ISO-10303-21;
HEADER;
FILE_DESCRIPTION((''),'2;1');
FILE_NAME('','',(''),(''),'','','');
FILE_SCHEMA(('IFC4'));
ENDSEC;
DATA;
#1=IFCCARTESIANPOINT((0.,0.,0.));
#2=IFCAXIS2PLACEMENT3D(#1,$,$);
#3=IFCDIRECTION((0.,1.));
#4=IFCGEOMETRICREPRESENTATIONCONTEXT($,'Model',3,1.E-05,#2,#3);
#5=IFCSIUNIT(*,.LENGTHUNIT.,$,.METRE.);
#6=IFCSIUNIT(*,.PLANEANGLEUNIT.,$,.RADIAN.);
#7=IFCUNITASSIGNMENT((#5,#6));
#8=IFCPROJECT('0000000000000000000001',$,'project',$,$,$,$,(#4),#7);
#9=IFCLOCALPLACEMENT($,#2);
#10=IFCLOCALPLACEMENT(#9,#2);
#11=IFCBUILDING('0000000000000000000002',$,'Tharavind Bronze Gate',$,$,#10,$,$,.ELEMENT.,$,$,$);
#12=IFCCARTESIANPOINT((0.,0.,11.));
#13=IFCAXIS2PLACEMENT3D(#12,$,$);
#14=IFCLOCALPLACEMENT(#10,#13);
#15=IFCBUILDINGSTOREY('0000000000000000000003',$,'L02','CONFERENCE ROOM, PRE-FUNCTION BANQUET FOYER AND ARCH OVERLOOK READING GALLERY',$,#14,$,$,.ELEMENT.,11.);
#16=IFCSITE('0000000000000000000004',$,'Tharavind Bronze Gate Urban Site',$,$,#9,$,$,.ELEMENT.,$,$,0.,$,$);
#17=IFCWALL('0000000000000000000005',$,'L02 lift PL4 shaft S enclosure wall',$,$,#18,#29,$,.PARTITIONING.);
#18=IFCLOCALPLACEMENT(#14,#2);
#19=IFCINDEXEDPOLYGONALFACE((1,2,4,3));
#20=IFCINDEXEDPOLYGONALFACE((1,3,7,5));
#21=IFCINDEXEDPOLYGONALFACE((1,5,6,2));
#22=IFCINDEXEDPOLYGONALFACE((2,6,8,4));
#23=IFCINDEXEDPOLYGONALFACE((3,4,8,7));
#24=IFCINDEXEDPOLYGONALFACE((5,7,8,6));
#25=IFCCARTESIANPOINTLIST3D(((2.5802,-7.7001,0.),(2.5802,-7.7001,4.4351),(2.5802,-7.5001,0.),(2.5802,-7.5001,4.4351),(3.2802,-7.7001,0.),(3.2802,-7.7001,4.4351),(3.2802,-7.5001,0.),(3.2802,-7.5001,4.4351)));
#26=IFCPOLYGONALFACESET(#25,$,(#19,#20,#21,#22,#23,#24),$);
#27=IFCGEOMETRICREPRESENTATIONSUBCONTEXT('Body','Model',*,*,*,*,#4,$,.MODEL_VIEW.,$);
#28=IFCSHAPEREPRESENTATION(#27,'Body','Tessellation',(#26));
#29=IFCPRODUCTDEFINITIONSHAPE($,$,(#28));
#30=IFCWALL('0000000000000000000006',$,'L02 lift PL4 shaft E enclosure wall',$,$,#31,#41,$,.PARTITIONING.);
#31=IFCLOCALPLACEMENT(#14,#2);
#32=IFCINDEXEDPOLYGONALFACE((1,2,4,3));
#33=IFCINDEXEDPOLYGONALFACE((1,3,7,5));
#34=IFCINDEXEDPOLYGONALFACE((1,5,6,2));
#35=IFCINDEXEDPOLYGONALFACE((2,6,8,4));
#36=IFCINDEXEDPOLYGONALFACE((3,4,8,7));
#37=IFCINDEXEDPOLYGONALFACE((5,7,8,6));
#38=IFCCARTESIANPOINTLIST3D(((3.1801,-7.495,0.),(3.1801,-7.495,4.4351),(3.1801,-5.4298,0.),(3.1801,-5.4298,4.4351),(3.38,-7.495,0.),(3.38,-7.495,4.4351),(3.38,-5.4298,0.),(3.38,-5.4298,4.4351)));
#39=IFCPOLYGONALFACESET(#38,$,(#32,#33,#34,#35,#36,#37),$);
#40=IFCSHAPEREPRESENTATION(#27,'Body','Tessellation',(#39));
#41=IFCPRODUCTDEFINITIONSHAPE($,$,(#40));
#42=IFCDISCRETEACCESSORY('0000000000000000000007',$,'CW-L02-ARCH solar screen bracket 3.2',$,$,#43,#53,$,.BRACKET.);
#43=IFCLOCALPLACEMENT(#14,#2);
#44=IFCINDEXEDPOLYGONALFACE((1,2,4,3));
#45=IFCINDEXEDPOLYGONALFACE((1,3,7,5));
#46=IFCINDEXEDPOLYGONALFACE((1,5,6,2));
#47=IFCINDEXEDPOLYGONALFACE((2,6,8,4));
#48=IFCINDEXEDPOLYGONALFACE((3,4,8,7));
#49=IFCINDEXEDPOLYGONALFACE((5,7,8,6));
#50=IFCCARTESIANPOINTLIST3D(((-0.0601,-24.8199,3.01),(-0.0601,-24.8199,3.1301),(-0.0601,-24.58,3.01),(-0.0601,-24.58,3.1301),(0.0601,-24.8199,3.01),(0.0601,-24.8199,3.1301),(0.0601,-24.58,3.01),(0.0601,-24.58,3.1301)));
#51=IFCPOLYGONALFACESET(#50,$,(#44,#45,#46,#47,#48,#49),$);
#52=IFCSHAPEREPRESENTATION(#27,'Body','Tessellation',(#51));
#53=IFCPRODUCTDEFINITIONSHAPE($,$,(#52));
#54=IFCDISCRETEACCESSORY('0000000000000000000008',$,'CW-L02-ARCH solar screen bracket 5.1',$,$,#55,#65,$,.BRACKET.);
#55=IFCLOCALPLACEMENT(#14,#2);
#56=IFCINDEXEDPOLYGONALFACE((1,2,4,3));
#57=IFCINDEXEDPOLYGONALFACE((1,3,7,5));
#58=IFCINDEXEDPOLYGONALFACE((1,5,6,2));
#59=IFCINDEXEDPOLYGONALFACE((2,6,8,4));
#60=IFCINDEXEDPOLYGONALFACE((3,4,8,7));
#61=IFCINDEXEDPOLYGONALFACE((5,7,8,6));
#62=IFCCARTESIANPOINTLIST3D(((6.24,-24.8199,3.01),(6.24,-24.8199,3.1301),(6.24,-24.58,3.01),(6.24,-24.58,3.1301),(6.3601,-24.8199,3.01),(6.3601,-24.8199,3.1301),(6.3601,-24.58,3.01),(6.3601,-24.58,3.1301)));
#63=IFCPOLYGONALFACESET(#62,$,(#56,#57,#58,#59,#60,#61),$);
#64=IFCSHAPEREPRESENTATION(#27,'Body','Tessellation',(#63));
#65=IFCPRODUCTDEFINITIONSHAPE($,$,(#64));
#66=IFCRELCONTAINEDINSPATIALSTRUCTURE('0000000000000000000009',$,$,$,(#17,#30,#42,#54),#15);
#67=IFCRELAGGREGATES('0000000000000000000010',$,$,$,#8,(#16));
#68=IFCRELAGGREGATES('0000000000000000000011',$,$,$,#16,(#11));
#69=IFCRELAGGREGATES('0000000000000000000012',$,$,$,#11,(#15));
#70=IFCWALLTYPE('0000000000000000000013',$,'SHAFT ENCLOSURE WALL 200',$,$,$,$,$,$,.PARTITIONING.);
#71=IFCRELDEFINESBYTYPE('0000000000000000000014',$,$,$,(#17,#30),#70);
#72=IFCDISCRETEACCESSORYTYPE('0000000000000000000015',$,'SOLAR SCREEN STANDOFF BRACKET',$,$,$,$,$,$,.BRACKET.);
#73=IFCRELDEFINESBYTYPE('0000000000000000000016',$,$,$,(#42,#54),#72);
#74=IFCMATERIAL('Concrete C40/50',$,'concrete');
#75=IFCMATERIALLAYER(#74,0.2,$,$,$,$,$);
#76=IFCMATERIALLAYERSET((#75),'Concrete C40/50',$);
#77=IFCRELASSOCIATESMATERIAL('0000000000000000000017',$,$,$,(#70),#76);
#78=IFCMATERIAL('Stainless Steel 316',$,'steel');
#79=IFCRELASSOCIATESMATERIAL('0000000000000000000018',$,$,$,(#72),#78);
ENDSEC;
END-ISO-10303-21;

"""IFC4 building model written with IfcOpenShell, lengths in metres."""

from ifc_helpers import new_model, si_unit, direction, frame, frame_2d, origin, origin_2d, place, context, subcontext, project, spatial, rectangle, extrude, material, layer, layer_set, type_object, element, save


model = new_model("IFC4")

# Units and contexts
model_context = context("Model", 3, precision=1e-05, world=origin(), true_north=direction((0.0, 1.0)))
body_context = subcontext(model_context, "Body", "Model", "MODEL_VIEW")
ifc_project = project(units=[si_unit("LENGTHUNIT", "METRE"), si_unit("PLANEANGLEUNIT", "RADIAN")], contexts=[model_context])

# Site, building, storey
site_placement = place(None, origin())
site = spatial("IfcSite", under=ifc_project, at=site_placement, Name="Tharavind Bronze Gate Urban Site", CompositionType="ELEMENT", RefElevation=0.0)
building_placement = place(site_placement, origin())
building = spatial("IfcBuilding", under=site, at=building_placement, Name="Tharavind Bronze Gate", CompositionType="ELEMENT")
storey_placement = place(building_placement, frame((0.0, 0.0, 11.0)))
storey = spatial("IfcBuildingStorey", under=building, at=storey_placement, Name="L02", Description="CONFERENCE ROOM, PRE-FUNCTION BANQUET FOYER AND ARCH OVERLOOK READING GALLERY", CompositionType="ELEMENT", Elevation=11.0)

# Walls
ifc_material_1 = material(Name="Concrete C40/50", Category="concrete")
ifc_layer_1 = layer(ifc_material_1, 0.2)
ifc_layer_set_1 = layer_set([ifc_layer_1], Name="Concrete C40/50")
wall_type_1 = type_object("IfcWallType", Name="SHAFT ENCLOSURE WALL 200", PredefinedType="PARTITIONING", material=ifc_layer_set_1)
wall_1_placement = place(storey_placement, frame((2.5801, -7.6001, 0.0), z_axis=(0.0, 0.0, 1.0), x_axis=(1.0, 0.0, 0.0)))
element("IfcWall", 1, at=wall_1_placement, inside=storey, type_object=wall_type_1, Name="L02 lift PL4 shaft S enclosure wall", PredefinedType="PARTITIONING", context=body_context, shape_type="SweptSolid", body=[
    extrude(rectangle(XDim=0.7, YDim=0.2, at=frame_2d((0.3501, 0.0))), origin(), (0.0, 0.0, 1.0), 4.4351),
])
wall_2_placement = place(storey_placement, frame((3.28, -7.4951, 0.0), z_axis=(0.0, 0.0, 1.0), x_axis=(0.0, 1.0, 0.0)))
element("IfcWall", 2, at=wall_2_placement, inside=storey, type_object=wall_type_1, Name="L02 lift PL4 shaft E enclosure wall", PredefinedType="PARTITIONING", context=body_context, shape_type="SweptSolid", body=[
    extrude(rectangle(XDim=2.0652, YDim=0.2, at=frame_2d((1.0327, 0.0))), origin(), (0.0, 0.0, 1.0), 4.4351),
])

# Discrete accessories
ifc_material_2 = material(Name="Stainless Steel 316", Category="steel")
discrete_accessory_type = type_object("IfcDiscreteAccessoryType", Name="SOLAR SCREEN STANDOFF BRACKET", PredefinedType="BRACKET", material=ifc_material_2)
for number, where, z_axis, x_axis, name in (
    (3, (0.0, -24.7, 3.01), (0.0, 0.0, 1.0), (1.0, 0.0, 0.0), "CW-L02-ARCH solar screen bracket 3.2"),
    (4, (6.3, -24.7, 3.01), (0.0, 0.0, 1.0), (1.0, 0.0, 0.0), "CW-L02-ARCH solar screen bracket 5.1"),
):
    element("IfcDiscreteAccessory", number, at=place(storey_placement, frame(where, z_axis=z_axis, x_axis=x_axis)), inside=storey, type_object=discrete_accessory_type, Name=name, PredefinedType="BRACKET", context=body_context, shape_type="SweptSolid", body=[
        extrude(rectangle(XDim=0.1201, YDim=0.24, at=origin_2d()), origin(), (0.0, 0.0, 1.0), 0.1201),
    ])

save(model, "model.ifc")
